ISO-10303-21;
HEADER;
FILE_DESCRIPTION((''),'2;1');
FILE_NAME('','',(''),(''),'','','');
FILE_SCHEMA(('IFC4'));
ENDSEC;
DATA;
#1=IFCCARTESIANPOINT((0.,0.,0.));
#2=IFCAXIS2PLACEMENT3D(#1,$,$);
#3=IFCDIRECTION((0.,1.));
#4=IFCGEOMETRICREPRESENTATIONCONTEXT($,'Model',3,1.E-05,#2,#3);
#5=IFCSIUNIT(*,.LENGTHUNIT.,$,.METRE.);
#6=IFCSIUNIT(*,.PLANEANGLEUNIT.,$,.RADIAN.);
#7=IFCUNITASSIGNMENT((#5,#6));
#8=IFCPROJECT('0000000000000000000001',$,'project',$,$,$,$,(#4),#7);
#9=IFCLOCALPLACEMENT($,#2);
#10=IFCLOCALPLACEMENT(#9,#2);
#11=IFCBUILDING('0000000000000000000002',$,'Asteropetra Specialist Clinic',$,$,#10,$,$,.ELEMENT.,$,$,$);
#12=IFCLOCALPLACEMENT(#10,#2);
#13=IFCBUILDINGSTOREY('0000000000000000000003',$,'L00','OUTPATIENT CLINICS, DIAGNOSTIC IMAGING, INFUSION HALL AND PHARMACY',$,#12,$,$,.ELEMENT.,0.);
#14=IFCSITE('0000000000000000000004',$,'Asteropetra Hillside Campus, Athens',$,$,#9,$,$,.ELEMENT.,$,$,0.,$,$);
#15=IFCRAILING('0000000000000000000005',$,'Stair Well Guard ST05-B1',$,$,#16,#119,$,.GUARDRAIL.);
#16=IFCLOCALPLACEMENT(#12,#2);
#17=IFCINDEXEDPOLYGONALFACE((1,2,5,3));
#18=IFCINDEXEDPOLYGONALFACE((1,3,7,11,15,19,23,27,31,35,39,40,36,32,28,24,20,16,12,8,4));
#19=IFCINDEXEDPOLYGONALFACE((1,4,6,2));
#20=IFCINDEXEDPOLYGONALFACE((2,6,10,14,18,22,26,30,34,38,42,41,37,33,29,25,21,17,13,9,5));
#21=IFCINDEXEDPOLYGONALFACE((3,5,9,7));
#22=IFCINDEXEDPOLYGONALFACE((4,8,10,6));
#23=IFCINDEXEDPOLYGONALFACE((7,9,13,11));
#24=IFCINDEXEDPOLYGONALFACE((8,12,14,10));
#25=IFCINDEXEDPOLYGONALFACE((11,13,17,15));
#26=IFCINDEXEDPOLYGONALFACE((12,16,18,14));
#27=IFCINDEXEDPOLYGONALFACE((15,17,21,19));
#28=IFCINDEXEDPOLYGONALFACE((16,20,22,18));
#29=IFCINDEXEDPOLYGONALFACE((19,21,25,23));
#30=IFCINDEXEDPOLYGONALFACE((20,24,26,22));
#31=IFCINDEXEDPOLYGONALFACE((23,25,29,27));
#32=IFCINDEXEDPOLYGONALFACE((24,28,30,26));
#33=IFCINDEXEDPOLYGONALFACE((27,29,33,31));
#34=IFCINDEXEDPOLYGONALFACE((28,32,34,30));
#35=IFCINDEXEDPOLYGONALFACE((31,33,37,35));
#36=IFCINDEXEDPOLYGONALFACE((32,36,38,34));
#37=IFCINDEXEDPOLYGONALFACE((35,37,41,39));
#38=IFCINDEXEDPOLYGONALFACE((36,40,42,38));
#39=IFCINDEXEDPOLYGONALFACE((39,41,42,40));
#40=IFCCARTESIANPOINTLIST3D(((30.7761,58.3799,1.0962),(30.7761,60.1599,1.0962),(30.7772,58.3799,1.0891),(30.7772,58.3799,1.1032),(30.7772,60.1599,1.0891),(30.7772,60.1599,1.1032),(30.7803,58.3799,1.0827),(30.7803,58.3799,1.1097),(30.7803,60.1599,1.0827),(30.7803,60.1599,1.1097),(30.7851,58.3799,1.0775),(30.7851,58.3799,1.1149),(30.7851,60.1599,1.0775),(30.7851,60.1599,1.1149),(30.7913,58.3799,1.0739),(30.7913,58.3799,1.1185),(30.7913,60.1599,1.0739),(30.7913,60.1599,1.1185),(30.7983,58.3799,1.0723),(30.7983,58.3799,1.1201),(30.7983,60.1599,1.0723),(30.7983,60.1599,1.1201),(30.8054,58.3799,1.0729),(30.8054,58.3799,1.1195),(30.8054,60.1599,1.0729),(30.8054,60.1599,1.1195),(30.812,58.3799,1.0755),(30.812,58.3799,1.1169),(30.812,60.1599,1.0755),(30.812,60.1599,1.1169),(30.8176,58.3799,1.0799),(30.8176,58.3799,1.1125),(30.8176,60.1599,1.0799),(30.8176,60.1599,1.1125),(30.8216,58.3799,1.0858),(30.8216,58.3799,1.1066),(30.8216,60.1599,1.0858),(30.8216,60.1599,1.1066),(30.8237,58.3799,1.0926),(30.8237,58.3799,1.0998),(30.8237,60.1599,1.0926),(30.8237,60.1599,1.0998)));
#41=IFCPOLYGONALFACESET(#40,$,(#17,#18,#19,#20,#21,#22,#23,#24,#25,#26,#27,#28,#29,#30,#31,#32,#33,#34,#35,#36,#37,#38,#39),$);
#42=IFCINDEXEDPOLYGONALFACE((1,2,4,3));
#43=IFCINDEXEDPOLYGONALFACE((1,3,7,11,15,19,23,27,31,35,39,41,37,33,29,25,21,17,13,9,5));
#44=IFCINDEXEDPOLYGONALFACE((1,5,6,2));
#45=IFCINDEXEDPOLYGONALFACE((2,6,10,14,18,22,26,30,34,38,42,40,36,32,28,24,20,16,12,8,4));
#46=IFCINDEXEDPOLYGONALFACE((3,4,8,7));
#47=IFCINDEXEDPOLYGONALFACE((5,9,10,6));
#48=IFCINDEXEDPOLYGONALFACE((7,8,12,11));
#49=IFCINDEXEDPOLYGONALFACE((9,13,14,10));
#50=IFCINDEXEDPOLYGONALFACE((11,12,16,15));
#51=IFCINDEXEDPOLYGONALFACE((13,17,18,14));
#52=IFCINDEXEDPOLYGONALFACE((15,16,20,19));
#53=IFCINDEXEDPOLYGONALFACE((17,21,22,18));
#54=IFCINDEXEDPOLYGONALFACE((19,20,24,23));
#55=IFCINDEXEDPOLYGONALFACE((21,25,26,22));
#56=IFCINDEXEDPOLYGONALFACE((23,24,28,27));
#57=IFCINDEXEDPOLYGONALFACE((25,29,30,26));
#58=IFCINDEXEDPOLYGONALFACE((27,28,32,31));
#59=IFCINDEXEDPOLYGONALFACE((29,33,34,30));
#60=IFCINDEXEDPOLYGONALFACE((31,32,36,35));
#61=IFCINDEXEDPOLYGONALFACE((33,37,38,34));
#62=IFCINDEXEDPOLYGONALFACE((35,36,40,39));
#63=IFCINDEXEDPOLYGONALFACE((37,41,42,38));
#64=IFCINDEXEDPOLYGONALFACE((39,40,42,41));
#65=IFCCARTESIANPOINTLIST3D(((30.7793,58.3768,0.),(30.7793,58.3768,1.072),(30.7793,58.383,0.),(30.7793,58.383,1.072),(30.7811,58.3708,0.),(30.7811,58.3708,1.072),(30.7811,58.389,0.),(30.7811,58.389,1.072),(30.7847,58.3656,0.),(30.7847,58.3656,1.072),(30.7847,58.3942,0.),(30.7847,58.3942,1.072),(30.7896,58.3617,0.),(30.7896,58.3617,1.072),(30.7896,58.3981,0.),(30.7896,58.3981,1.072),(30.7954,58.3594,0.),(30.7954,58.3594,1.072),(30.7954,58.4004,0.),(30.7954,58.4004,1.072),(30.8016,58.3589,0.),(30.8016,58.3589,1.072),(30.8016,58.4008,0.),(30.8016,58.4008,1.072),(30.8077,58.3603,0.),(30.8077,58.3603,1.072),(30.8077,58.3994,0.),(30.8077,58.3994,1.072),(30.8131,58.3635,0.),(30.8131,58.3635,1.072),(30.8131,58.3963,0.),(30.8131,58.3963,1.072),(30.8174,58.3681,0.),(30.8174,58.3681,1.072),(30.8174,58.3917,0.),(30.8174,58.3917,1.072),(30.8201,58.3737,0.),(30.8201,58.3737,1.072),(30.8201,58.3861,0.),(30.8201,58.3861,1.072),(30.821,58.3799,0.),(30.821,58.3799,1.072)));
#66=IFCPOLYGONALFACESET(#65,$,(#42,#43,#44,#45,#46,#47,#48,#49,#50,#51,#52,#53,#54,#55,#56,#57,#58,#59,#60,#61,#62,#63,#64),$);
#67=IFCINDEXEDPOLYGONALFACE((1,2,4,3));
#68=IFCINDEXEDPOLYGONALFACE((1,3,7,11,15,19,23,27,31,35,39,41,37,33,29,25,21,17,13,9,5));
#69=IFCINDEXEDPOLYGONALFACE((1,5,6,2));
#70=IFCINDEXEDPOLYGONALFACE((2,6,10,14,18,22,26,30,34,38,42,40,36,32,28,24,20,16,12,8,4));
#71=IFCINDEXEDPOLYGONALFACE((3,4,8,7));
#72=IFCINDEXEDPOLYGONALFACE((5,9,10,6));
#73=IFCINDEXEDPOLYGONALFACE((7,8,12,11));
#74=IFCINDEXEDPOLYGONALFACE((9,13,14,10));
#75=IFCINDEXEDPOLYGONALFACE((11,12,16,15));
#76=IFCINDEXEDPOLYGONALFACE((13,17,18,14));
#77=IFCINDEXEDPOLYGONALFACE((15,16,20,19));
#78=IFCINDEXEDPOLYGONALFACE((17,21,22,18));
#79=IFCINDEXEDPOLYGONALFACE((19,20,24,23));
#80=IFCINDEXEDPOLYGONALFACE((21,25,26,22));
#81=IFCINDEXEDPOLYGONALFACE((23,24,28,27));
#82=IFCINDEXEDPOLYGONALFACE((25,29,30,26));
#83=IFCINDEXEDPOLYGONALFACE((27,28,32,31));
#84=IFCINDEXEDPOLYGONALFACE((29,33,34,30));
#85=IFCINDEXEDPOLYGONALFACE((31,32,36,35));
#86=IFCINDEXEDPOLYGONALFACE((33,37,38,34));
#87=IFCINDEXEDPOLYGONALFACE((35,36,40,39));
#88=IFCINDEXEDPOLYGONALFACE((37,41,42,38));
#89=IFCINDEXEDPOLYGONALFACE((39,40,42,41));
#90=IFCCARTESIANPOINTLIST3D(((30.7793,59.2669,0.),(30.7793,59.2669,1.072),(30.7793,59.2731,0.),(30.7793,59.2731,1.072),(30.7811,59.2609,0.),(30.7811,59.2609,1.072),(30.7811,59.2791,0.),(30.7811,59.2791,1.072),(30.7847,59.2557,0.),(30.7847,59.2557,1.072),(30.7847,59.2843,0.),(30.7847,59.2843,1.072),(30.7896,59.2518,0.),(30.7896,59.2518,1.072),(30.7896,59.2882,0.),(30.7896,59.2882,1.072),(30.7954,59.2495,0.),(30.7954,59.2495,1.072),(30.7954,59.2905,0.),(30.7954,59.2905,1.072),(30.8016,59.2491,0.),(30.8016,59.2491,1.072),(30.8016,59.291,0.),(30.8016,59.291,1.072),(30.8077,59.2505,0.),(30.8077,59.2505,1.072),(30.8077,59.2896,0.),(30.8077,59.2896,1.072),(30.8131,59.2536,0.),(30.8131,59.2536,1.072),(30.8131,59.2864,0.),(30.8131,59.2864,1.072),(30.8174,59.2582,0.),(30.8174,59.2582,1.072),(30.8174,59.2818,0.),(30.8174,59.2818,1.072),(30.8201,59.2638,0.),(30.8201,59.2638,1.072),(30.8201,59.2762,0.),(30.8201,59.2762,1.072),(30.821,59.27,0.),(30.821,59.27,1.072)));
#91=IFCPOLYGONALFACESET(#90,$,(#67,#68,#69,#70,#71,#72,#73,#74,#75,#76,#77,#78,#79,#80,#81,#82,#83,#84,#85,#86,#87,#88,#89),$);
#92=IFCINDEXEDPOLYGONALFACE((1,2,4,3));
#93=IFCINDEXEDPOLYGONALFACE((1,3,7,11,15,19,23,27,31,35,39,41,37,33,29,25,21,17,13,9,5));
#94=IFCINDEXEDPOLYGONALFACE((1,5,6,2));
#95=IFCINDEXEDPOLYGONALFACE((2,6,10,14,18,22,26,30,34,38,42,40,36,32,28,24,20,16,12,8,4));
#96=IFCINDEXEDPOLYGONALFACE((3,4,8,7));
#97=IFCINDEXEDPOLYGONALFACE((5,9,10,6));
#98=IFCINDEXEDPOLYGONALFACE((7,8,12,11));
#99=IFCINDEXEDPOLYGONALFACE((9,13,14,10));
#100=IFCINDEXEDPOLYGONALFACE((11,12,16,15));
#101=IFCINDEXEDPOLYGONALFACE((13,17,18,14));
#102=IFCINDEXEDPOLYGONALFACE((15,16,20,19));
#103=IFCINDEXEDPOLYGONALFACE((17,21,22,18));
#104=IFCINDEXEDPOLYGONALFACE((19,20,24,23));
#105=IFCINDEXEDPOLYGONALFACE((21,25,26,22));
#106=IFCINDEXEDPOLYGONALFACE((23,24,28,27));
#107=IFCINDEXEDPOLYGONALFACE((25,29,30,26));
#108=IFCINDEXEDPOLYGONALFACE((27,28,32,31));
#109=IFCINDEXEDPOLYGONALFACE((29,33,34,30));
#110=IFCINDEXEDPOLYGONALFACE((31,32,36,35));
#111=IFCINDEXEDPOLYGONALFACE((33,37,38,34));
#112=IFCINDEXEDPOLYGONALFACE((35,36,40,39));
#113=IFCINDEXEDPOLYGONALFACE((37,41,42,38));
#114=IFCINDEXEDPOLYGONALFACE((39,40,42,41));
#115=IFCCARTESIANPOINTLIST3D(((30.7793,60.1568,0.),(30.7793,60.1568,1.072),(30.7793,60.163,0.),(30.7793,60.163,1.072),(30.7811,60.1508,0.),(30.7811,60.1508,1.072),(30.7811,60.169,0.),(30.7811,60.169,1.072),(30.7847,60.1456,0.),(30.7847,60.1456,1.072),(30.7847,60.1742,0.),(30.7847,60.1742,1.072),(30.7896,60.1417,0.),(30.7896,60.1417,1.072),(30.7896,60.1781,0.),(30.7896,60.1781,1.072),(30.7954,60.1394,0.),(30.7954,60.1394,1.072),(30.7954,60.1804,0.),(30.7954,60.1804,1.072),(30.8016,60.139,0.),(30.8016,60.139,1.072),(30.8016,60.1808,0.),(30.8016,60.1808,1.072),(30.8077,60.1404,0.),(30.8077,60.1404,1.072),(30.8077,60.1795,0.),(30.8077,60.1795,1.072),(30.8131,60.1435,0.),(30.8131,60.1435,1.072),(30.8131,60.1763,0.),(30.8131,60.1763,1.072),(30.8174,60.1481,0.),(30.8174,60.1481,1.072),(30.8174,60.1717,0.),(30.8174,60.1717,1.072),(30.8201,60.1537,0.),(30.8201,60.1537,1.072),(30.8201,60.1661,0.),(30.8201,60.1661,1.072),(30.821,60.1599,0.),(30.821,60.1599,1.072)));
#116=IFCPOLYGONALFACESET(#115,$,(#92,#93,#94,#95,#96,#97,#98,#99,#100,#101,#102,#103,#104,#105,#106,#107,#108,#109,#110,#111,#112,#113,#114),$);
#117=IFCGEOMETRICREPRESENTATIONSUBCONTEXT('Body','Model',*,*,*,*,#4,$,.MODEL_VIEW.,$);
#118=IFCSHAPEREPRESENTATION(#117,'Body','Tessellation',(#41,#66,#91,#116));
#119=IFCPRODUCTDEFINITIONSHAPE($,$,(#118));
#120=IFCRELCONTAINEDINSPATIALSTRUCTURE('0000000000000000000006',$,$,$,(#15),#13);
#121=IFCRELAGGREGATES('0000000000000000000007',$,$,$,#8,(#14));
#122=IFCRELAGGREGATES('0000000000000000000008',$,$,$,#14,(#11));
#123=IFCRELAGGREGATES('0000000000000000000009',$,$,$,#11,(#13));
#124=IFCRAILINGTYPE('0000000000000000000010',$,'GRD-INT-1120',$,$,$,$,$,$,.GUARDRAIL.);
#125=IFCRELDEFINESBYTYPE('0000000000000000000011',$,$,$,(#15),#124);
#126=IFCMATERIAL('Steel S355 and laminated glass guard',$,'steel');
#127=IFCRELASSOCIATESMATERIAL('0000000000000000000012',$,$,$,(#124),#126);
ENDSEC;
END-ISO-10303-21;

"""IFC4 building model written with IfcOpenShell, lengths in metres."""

from ifc_helpers import new_model, si_unit, direction, frame, origin, origin_2d, place, context, subcontext, project, spatial, circle, extrude, material, type_object, element, save


model = new_model("IFC4")

# Units and contexts
model_context = context("Model", 3, precision=1e-05, world=origin(), true_north=direction((0.0, 1.0)))
body_context = subcontext(model_context, "Body", "Model", "MODEL_VIEW")
ifc_project = project(units=[si_unit("LENGTHUNIT", "METRE"), si_unit("PLANEANGLEUNIT", "RADIAN")], contexts=[model_context])

# Site, building, storey
site_placement = place(None, origin())
site = spatial("IfcSite", under=ifc_project, at=site_placement, Name="Asteropetra Hillside Campus, Athens", CompositionType="ELEMENT", RefElevation=0.0)
building_placement = place(site_placement, origin())
building = spatial("IfcBuilding", under=site, at=building_placement, Name="Asteropetra Specialist Clinic", CompositionType="ELEMENT")
storey_placement = place(building_placement, origin())
storey = spatial("IfcBuildingStorey", under=building, at=storey_placement, Name="L00", Description="OUTPATIENT CLINICS, DIAGNOSTIC IMAGING, INFUSION HALL AND PHARMACY", CompositionType="ELEMENT", Elevation=0.0)

# Railing
ifc_material_1 = material(Name="Steel S355 and laminated glass guard", Category="steel")
railing_type = type_object("IfcRailingType", Name="GRD-INT-1120", PredefinedType="GUARDRAIL", material=ifc_material_1)
railing_placement = place(storey_placement, frame((30.8, 58.3799, 0.0)))
element("IfcRailing", 1, at=railing_placement, inside=storey, type_object=railing_type, Name="Stair Well Guard ST05-B1", PredefinedType="GUARDRAIL", context=body_context, shape_type="SweptSolid", body=[
    extrude(circle(Radius=0.0239, at=origin_2d()), frame((0.0, 0.0, 1.0962), z_axis=(0.0, 1.0, 0.0), x_axis=(-1.0, 0.0, 0.0)), (0.0, 0.0, 1.0), 1.78),
    extrude(circle(Radius=0.021, at=origin_2d()), origin(), (0.0, 0.0, 1.0), 1.072),
    extrude(circle(Radius=0.021, at=origin_2d()), frame((0.0, 0.8901, 0.0)), (0.0, 0.0, 1.0), 1.072),
    extrude(circle(Radius=0.021, at=origin_2d()), frame((0.0, 1.78, 0.0)), (0.0, 0.0, 1.0), 1.072),
])

save(model, "model.ifc")
